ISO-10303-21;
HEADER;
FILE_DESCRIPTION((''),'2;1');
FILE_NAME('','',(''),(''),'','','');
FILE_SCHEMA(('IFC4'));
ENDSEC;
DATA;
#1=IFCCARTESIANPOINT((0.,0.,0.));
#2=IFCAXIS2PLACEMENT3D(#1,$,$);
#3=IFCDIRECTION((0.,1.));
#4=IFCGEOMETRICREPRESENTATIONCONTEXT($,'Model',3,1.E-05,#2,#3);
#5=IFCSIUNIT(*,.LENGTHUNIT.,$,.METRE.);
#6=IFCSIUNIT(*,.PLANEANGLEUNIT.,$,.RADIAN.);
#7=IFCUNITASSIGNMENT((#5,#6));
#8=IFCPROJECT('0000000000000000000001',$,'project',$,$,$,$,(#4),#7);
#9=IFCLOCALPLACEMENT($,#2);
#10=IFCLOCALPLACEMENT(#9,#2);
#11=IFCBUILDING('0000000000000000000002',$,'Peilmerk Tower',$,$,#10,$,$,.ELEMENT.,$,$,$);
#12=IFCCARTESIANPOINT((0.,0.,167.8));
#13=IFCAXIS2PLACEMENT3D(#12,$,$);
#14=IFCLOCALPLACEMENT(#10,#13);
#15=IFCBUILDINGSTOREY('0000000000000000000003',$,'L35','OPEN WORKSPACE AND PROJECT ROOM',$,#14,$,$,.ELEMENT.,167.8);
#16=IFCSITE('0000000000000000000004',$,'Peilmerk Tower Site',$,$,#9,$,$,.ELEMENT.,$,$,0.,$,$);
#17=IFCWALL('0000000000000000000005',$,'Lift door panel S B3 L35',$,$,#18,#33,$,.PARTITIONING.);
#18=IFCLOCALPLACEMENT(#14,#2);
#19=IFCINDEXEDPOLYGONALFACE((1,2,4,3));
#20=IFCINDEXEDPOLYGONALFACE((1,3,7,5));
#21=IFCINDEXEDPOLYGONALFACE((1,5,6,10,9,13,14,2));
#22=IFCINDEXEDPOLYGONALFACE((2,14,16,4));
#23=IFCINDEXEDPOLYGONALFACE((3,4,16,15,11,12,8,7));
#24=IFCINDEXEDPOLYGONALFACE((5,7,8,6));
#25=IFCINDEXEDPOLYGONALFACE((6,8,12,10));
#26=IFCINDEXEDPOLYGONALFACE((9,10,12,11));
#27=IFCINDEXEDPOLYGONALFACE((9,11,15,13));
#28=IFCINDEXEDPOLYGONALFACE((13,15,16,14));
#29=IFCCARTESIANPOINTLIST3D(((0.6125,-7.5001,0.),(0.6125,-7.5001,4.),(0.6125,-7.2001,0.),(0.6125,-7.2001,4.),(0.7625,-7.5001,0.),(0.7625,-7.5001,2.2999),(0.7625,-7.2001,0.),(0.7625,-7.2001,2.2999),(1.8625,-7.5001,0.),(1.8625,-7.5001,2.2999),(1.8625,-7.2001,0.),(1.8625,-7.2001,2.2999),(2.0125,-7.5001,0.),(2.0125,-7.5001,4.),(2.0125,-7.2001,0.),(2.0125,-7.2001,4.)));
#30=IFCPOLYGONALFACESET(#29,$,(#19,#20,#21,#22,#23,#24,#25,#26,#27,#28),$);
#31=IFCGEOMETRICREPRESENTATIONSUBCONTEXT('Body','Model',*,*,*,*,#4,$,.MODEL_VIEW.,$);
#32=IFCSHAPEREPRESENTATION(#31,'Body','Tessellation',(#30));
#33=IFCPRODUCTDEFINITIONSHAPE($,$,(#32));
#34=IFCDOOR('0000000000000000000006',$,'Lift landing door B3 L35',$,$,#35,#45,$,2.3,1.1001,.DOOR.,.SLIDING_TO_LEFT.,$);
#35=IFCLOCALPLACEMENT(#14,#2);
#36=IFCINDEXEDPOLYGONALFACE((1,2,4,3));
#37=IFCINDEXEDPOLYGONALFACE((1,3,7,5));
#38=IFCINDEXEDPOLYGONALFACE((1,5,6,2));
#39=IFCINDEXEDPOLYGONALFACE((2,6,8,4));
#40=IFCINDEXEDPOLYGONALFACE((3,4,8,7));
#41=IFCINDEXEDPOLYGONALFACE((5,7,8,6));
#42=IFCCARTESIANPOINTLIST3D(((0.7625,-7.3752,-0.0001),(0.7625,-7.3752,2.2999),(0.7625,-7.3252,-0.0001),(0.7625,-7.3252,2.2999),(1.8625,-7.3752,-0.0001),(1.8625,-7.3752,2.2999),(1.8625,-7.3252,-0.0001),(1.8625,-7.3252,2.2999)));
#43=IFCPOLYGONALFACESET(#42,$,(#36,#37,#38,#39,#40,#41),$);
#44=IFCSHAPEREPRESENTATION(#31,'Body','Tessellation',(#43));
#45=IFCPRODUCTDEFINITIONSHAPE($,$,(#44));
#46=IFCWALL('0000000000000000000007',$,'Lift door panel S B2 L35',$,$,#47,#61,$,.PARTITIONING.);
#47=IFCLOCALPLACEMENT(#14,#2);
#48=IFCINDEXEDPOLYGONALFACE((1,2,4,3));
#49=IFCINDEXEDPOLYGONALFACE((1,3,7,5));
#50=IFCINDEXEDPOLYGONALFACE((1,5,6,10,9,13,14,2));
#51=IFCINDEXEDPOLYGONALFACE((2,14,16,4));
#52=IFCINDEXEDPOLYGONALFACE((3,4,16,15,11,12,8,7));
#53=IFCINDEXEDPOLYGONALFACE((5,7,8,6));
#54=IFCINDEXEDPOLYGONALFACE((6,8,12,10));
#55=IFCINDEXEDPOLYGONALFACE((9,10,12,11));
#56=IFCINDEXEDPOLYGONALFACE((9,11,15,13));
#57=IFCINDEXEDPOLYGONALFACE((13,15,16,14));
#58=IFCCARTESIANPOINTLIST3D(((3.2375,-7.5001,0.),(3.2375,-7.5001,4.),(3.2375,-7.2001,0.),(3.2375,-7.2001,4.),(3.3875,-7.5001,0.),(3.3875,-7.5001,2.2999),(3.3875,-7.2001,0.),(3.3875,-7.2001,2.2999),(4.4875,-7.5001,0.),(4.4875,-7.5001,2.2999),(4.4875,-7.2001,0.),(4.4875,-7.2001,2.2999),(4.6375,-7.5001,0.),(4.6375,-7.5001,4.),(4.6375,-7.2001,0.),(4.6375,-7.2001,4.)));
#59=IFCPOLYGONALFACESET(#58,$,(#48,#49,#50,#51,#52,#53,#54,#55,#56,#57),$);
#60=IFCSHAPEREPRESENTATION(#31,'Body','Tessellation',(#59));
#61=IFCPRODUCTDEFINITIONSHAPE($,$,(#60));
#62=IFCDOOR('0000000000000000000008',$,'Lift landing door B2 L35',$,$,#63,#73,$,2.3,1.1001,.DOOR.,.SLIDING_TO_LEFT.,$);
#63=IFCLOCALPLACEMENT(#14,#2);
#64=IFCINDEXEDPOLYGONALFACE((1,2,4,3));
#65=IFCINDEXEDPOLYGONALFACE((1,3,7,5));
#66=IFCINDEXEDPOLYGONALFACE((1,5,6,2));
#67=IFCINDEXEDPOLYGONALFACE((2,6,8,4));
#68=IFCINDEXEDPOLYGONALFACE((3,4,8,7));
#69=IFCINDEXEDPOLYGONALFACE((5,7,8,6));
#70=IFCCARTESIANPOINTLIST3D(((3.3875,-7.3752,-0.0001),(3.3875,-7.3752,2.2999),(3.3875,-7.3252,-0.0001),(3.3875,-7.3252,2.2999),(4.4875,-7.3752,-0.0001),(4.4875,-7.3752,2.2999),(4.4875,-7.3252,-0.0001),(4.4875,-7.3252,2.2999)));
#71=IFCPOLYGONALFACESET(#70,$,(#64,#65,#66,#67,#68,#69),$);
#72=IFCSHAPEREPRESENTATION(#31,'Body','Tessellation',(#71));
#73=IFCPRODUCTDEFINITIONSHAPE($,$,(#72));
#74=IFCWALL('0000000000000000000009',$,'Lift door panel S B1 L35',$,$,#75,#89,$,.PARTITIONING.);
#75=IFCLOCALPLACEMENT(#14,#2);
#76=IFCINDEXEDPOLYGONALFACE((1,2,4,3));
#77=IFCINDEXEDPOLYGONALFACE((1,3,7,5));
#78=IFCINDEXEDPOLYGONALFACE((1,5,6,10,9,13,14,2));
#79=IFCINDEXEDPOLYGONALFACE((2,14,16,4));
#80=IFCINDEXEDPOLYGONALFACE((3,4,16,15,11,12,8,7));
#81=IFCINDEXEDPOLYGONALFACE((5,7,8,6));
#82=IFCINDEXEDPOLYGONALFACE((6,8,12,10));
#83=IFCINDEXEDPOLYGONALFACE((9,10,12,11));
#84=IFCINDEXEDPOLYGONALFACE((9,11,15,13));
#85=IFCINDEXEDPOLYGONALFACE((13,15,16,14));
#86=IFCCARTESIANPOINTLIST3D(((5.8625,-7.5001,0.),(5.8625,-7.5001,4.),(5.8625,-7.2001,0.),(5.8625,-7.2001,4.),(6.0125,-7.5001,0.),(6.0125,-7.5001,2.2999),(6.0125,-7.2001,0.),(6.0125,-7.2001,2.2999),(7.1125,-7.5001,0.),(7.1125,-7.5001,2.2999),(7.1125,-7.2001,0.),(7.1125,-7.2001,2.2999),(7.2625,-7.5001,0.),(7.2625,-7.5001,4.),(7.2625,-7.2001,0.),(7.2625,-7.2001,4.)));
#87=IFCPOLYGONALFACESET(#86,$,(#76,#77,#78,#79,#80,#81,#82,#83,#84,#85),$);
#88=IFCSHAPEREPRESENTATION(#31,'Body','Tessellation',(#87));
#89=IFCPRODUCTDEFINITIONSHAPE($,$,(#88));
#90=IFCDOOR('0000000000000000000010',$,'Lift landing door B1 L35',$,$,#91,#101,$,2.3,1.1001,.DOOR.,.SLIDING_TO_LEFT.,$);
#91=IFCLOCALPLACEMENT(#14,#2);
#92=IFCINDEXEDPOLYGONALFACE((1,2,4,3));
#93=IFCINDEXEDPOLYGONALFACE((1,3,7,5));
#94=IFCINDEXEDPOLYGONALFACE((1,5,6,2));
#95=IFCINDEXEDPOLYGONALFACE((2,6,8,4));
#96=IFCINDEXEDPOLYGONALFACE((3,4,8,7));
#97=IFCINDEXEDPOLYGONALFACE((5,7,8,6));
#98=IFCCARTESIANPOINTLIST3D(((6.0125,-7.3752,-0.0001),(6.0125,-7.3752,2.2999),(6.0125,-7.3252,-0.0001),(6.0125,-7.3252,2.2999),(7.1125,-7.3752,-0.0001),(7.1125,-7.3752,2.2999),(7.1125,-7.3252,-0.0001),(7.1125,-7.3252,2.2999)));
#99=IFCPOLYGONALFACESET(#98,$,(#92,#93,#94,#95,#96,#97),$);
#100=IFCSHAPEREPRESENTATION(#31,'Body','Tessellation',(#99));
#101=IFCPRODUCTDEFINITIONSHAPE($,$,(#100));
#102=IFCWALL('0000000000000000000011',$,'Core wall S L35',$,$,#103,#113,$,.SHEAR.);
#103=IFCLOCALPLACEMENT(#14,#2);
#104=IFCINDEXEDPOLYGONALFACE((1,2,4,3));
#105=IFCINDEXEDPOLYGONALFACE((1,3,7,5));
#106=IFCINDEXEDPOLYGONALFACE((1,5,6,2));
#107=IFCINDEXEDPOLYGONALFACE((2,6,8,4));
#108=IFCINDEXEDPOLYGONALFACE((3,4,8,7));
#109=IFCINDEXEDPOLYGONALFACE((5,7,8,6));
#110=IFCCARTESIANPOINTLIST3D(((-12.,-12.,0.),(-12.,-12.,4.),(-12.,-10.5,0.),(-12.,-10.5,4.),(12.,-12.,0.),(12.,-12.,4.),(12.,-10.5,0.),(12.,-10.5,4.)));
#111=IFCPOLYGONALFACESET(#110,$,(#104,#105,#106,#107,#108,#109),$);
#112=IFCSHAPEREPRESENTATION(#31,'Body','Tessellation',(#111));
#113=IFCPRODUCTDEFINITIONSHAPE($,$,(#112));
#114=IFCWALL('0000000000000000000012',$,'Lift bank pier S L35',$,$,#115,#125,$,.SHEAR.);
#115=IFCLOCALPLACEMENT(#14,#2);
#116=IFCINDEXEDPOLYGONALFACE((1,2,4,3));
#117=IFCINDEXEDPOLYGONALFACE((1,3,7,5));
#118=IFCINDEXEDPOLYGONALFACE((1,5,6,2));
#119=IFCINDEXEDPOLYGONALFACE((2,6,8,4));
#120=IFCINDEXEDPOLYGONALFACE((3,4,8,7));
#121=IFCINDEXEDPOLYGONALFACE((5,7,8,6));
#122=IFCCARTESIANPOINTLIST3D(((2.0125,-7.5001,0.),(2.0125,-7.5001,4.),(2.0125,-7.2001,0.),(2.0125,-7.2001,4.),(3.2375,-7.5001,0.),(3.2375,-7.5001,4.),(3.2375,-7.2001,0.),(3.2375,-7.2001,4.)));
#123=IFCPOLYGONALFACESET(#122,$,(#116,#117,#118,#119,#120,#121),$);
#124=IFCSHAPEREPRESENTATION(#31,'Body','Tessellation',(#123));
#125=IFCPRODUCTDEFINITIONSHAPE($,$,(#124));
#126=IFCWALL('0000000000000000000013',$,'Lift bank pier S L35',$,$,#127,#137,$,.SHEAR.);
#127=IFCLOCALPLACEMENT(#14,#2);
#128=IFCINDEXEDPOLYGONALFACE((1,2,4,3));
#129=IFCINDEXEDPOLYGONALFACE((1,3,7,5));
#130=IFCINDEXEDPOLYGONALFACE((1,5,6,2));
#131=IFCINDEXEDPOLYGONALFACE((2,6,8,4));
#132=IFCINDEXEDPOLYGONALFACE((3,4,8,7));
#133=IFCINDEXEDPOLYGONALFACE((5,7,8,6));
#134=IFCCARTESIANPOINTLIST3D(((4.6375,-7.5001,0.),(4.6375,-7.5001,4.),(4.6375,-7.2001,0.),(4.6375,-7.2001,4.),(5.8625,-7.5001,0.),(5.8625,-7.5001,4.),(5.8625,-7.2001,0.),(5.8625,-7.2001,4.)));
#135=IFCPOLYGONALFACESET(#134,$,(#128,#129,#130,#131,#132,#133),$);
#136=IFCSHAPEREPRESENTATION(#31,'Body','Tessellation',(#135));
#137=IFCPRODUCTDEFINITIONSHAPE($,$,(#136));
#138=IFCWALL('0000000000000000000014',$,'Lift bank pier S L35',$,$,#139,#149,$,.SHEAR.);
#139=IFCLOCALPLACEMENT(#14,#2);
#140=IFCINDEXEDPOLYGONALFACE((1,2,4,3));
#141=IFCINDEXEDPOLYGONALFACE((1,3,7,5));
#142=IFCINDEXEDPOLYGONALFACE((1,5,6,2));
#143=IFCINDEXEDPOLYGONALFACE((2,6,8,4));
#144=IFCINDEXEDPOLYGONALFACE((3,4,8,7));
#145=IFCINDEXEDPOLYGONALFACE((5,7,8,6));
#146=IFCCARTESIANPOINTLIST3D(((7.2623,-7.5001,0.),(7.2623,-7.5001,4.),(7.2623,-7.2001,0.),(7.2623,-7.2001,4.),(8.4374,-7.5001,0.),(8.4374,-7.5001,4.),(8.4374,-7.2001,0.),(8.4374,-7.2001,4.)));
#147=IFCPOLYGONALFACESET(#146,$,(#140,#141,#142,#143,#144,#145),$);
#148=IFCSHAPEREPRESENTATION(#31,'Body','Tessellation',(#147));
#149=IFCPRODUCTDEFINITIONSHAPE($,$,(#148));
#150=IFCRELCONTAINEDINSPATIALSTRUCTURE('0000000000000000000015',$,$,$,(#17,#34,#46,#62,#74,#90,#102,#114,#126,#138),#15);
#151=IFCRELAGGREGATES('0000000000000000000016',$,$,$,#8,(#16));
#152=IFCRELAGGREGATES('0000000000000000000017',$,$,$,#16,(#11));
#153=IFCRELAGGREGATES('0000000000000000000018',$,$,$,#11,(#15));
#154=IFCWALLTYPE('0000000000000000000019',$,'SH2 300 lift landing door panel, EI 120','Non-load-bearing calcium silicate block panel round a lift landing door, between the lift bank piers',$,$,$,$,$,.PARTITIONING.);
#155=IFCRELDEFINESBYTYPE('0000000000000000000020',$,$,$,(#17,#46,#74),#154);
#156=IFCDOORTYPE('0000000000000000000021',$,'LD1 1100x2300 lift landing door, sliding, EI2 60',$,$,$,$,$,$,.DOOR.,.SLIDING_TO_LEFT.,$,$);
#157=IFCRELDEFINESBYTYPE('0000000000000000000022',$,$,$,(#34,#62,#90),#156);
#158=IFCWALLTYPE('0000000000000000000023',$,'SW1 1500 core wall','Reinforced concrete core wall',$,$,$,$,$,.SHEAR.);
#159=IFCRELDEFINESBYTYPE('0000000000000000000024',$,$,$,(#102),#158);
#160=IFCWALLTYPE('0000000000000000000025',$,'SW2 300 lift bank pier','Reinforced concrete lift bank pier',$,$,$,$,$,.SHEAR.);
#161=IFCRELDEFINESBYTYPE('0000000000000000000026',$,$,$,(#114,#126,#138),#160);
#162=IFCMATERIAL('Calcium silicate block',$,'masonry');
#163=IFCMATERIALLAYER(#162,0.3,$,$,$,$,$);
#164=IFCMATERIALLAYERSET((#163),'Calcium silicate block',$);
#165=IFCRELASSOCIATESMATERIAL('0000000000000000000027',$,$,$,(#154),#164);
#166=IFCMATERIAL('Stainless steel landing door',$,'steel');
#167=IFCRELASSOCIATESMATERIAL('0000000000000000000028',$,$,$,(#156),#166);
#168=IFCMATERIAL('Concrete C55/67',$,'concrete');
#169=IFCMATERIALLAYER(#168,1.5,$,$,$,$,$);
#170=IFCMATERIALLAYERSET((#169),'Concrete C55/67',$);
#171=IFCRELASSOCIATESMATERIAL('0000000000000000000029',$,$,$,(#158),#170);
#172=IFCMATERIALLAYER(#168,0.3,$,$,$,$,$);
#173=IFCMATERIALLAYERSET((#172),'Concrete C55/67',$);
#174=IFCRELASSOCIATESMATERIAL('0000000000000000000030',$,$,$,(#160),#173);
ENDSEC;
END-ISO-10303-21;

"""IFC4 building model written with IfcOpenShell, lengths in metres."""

from ifc_helpers import new_model, si_unit, direction, frame, frame_2d, origin, place, context, subcontext, project, spatial, rectangle, extrude, material, layer, layer_set, type_object, element, fill, save


model = new_model("IFC4")

# Units and contexts
model_context = context("Model", 3, precision=1e-05, world=origin(), true_north=direction((0.0, 1.0)))
body_context = subcontext(model_context, "Body", "Model", "MODEL_VIEW")
ifc_project = project(units=[si_unit("LENGTHUNIT", "METRE"), si_unit("PLANEANGLEUNIT", "RADIAN")], contexts=[model_context])

# Site, building, storey
site_placement = place(None, origin())
site = spatial("IfcSite", under=ifc_project, at=site_placement, Name="Peilmerk Tower Site", CompositionType="ELEMENT", RefElevation=0.0)
building_placement = place(site_placement, origin())
building = spatial("IfcBuilding", under=site, at=building_placement, Name="Peilmerk Tower", CompositionType="ELEMENT")
storey_placement = place(building_placement, frame((0.0, 0.0, 167.8)))
storey = spatial("IfcBuildingStorey", under=building, at=storey_placement, Name="L35", Description="OPEN WORKSPACE AND PROJECT ROOM", CompositionType="ELEMENT", Elevation=167.8)

# Shared definitions
ifc_material_1 = material(Name="Calcium silicate block", Category="masonry")

# Walls, openings, doors
ifc_layer_1 = layer(ifc_material_1, 0.3)
ifc_layer_set_1 = layer_set([ifc_layer_1], Name="Calcium silicate block")
wall_type_1 = type_object("IfcWallType", Name="SH2 300 lift landing door panel, EI 120", Description="Non-load-bearing calcium silicate block panel round a lift landing door, between the lift bank piers", PredefinedType="PARTITIONING", material=ifc_layer_set_1)
wall_1_placement = place(storey_placement, frame((0.6125, -7.3501, 0.0), z_axis=(0.0, 0.0, 1.0), x_axis=(1.0, 0.0, 0.0)))
wall_1 = element("IfcWall", 1, at=wall_1_placement, inside=storey, type_object=wall_type_1, Name="Lift door panel S B3 L35", PredefinedType="PARTITIONING", context=body_context, shape_type="SweptSolid", body=[
    extrude(rectangle(XDim=1.3999, YDim=0.3, at=frame_2d((0.7, 0.0))), origin(), (0.0, 0.0, 1.0), 4.0),
])
opening_1_placement = place(wall_1_placement, frame((0.1499, 0.0, 0.0)))
opening_1 = element("IfcOpeningElement", 2, at=opening_1_placement, cuts=wall_1, PredefinedType="OPENING", context=body_context, shape_type="SweptSolid", body=[
    extrude(rectangle(XDim=1.1001, YDim=2.3, at=frame_2d((0.55, 1.1499))), frame((0.0, 0.1599, 0.0), z_axis=(0.0, -1.0, 0.0), x_axis=(1.0, 0.0, 0.0)), (0.0, 0.0, 1.0), 0.3201),
])
ifc_material_2 = material(Name="Stainless steel landing door", Category="steel")
door_type_1 = type_object("IfcDoorType", Name="LD1 1100x2300 lift landing door, sliding, EI2 60", OperationType="SLIDING_TO_LEFT", PredefinedType="DOOR", material=ifc_material_2)
door_1_placement = place(opening_1_placement, origin())
door_1 = element("IfcDoor", 3, at=door_1_placement, inside=storey, type_object=door_type_1, Name="Lift landing door B3 L35", OperationType="SLIDING_TO_LEFT", OverallHeight=2.3, OverallWidth=1.1001, PredefinedType="DOOR", context=body_context, shape_type="SweptSolid", body=[
    extrude(rectangle(XDim=1.1001, YDim=2.3, at=frame_2d((0.55, 1.1499))), frame((0.0, 0.0249, 0.0), z_axis=(0.0, -1.0, 0.0), x_axis=(1.0, 0.0, 0.0)), (0.0, 0.0, 1.0), 0.05),
])
fill(opening_1, door_1)
wall_2_placement = place(storey_placement, frame((3.2375, -7.3501, 0.0), z_axis=(0.0, 0.0, 1.0), x_axis=(1.0, 0.0, 0.0)))
wall_2 = element("IfcWall", 4, at=wall_2_placement, inside=storey, type_object=wall_type_1, Name="Lift door panel S B2 L35", PredefinedType="PARTITIONING", context=body_context, shape_type="SweptSolid", body=[
    extrude(rectangle(XDim=1.3999, YDim=0.3, at=frame_2d((0.7, 0.0))), origin(), (0.0, 0.0, 1.0), 4.0),
])
opening_2_placement = place(wall_2_placement, frame((0.1499, 0.0, 0.0)))
opening_2 = element("IfcOpeningElement", 5, at=opening_2_placement, cuts=wall_2, PredefinedType="OPENING", context=body_context, shape_type="SweptSolid", body=[
    extrude(rectangle(XDim=1.1001, YDim=2.3, at=frame_2d((0.55, 1.1499))), frame((0.0, 0.1599, 0.0), z_axis=(0.0, -1.0, 0.0), x_axis=(1.0, 0.0, 0.0)), (0.0, 0.0, 1.0), 0.3201),
])
door_2_placement = place(opening_2_placement, origin())
door_2 = element("IfcDoor", 6, at=door_2_placement, inside=storey, type_object=door_type_1, Name="Lift landing door B2 L35", OperationType="SLIDING_TO_LEFT", OverallHeight=2.3, OverallWidth=1.1001, PredefinedType="DOOR", context=body_context, shape_type="SweptSolid", body=[
    extrude(rectangle(XDim=1.1001, YDim=2.3, at=frame_2d((0.55, 1.1499))), frame((0.0, 0.0249, 0.0), z_axis=(0.0, -1.0, 0.0), x_axis=(1.0, 0.0, 0.0)), (0.0, 0.0, 1.0), 0.05),
])
fill(opening_2, door_2)
wall_3_placement = place(storey_placement, frame((5.8625, -7.3501, 0.0), z_axis=(0.0, 0.0, 1.0), x_axis=(1.0, 0.0, 0.0)))
wall_3 = element("IfcWall", 7, at=wall_3_placement, inside=storey, type_object=wall_type_1, Name="Lift door panel S B1 L35", PredefinedType="PARTITIONING", context=body_context, shape_type="SweptSolid", body=[
    extrude(rectangle(XDim=1.3999, YDim=0.3, at=frame_2d((0.7, 0.0))), origin(), (0.0, 0.0, 1.0), 4.0),
])
opening_3_placement = place(wall_3_placement, frame((0.1499, 0.0, 0.0)))
opening_3 = element("IfcOpeningElement", 8, at=opening_3_placement, cuts=wall_3, PredefinedType="OPENING", context=body_context, shape_type="SweptSolid", body=[
    extrude(rectangle(XDim=1.1001, YDim=2.3, at=frame_2d((0.55, 1.1499))), frame((0.0, 0.1599, 0.0), z_axis=(0.0, -1.0, 0.0), x_axis=(1.0, 0.0, 0.0)), (0.0, 0.0, 1.0), 0.3201),
])
door_3_placement = place(opening_3_placement, origin())
door_3 = element("IfcDoor", 9, at=door_3_placement, inside=storey, type_object=door_type_1, Name="Lift landing door B1 L35", OperationType="SLIDING_TO_LEFT", OverallHeight=2.3, OverallWidth=1.1001, PredefinedType="DOOR", context=body_context, shape_type="SweptSolid", body=[
    extrude(rectangle(XDim=1.1001, YDim=2.3, at=frame_2d((0.55, 1.1499))), frame((0.0, 0.0249, 0.0), z_axis=(0.0, -1.0, 0.0), x_axis=(1.0, 0.0, 0.0)), (0.0, 0.0, 1.0), 0.05),
])
fill(opening_3, door_3)

# Walls
ifc_material_3 = material(Name="Concrete C55/67", Category="concrete")
ifc_layer_2 = layer(ifc_material_3, 1.5)
ifc_layer_set_2 = layer_set([ifc_layer_2], Name="Concrete C55/67")
wall_type_2 = type_object("IfcWallType", Name="SW1 1500 core wall", Description="Reinforced concrete core wall", PredefinedType="SHEAR", material=ifc_layer_set_2)
wall_4_placement = place(storey_placement, frame((12.0, -11.25, 0.0), z_axis=(0.0, 0.0, 1.0), x_axis=(-1.0, 0.0, 0.0)))
element("IfcWall", 10, at=wall_4_placement, inside=storey, type_object=wall_type_2, Name="Core wall S L35", PredefinedType="SHEAR", context=body_context, shape_type="SweptSolid", body=[
    extrude(rectangle(XDim=24.0, YDim=1.5, at=frame_2d((12.0, 0.0))), origin(), (0.0, 0.0, 1.0), 4.0),
])
ifc_layer_3 = layer(ifc_material_3, 0.3)
ifc_layer_set_3 = layer_set([ifc_layer_3], Name="Concrete C55/67")
wall_type_3 = type_object("IfcWallType", Name="SW2 300 lift bank pier", Description="Reinforced concrete lift bank pier", PredefinedType="SHEAR", material=ifc_layer_set_3)
for number, where, z_axis, x_axis, name in (
    (11, (2.0125, -7.3501, 0.0), (0.0, 0.0, 1.0), (1.0, 0.0, 0.0), "Lift bank pier S L35"),
    (12, (4.6375, -7.3501, 0.0), (0.0, 0.0, 1.0), (1.0, 0.0, 0.0), "Lift bank pier S L35"),
):
    element("IfcWall", number, at=place(storey_placement, frame(where, z_axis=z_axis, x_axis=x_axis)), inside=storey, type_object=wall_type_3, Name=name, PredefinedType="SHEAR", context=body_context, shape_type="SweptSolid", body=[
        extrude(rectangle(XDim=1.2251, YDim=0.3, at=frame_2d((0.6125, 0.0))), origin(), (0.0, 0.0, 1.0), 4.0),
    ])
wall_5_placement = place(storey_placement, frame((7.2625, -7.3501, 0.0), z_axis=(0.0, 0.0, 1.0), x_axis=(1.0, 0.0, 0.0)))
element("IfcWall", 13, at=wall_5_placement, inside=storey, type_object=wall_type_3, Name="Lift bank pier S L35", PredefinedType="SHEAR", context=body_context, shape_type="SweptSolid", body=[
    extrude(rectangle(XDim=1.175, YDim=0.3, at=frame_2d((0.5874, 0.0))), origin(), (0.0, 0.0, 1.0), 4.0),
])

save(model, "model.ifc")
